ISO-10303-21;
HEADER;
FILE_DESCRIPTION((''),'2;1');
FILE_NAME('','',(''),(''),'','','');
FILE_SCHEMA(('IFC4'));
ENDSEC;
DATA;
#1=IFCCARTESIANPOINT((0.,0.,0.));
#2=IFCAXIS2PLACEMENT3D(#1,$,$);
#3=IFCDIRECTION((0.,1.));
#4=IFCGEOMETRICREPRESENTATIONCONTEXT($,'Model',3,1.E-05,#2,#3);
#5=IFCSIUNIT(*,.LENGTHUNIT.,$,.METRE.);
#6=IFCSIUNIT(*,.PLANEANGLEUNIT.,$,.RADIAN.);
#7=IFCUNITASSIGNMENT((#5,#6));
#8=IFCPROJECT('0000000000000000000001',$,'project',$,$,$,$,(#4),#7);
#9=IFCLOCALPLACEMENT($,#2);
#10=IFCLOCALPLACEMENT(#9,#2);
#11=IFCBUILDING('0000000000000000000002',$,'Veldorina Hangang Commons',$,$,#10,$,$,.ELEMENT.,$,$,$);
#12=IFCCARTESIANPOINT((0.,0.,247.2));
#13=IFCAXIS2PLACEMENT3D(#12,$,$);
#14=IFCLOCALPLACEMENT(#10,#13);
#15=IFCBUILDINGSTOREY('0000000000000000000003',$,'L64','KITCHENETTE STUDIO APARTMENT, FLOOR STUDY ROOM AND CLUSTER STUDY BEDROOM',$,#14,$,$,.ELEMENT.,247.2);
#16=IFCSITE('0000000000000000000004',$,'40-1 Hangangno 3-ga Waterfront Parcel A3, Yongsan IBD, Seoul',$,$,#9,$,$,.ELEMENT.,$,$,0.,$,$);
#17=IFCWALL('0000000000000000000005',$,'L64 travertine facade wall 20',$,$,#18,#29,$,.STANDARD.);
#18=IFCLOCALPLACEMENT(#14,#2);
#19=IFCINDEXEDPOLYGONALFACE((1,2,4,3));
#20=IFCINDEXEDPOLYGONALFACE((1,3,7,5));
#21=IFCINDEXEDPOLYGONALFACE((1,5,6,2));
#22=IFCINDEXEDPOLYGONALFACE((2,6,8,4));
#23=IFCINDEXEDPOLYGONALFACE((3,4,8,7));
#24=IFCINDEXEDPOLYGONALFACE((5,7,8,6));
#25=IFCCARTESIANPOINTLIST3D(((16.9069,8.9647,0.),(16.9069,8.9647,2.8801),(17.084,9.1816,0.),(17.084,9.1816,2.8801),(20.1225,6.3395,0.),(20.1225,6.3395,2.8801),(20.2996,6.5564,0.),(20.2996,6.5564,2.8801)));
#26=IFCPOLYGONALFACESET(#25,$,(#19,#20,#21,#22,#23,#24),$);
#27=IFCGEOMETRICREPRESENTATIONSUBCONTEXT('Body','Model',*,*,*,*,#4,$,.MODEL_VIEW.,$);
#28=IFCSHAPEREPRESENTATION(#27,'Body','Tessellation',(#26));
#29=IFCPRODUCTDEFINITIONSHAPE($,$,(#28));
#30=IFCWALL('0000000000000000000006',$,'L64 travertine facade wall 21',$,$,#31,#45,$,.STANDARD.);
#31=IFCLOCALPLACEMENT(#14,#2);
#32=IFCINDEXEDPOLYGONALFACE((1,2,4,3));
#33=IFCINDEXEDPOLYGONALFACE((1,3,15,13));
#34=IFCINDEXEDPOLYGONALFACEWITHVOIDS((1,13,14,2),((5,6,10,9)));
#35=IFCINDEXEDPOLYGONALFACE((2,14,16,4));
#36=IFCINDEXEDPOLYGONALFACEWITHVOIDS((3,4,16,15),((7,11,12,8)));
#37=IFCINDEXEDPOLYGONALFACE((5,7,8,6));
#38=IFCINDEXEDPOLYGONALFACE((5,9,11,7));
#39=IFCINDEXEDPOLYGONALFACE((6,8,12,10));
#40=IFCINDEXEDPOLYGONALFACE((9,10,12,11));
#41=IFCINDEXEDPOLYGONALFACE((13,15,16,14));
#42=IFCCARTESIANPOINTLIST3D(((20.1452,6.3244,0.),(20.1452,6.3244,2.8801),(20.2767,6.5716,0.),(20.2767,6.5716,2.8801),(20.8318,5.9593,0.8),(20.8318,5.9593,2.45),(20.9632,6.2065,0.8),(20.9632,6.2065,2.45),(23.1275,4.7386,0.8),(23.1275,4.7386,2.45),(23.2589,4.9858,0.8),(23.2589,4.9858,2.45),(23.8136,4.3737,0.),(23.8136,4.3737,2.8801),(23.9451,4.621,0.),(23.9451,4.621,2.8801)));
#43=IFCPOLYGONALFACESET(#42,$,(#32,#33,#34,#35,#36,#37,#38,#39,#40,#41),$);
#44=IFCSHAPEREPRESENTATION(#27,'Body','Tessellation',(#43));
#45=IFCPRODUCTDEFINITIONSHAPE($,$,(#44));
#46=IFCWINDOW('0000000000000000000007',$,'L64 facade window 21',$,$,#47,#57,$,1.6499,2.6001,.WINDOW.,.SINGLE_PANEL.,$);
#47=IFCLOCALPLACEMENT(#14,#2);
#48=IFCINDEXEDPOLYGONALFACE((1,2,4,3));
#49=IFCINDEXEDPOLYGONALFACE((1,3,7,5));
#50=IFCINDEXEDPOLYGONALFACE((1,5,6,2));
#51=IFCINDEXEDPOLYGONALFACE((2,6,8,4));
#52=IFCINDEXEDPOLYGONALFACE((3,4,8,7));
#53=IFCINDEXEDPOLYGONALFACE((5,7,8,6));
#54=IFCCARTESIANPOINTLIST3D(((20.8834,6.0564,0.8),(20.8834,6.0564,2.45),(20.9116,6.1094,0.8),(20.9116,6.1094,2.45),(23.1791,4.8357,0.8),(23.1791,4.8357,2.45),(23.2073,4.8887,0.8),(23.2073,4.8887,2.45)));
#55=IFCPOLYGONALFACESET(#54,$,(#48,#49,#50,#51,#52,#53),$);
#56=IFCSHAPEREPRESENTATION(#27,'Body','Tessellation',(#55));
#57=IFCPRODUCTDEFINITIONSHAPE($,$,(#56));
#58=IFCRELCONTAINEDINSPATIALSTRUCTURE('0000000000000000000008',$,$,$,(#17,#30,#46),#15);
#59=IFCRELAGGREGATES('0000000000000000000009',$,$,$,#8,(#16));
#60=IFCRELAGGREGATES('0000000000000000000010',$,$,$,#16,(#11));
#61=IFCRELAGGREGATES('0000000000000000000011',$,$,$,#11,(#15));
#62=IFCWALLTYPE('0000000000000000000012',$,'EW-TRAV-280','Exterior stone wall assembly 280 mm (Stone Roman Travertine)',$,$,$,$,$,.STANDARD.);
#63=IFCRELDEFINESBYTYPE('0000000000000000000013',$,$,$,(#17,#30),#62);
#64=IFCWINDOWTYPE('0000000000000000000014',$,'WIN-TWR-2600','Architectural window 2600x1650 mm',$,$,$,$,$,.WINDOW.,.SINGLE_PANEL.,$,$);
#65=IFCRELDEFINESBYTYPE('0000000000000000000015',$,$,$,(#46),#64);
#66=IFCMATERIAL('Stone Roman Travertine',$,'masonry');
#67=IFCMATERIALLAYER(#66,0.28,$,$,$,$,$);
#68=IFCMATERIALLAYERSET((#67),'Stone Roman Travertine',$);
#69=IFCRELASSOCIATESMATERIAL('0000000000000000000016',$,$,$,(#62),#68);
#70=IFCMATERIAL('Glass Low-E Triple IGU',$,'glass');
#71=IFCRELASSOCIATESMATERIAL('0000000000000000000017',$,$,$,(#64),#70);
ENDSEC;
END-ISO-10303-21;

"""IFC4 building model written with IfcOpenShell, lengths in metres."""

from ifc_helpers import new_model, si_unit, direction, frame, frame_2d, origin, place, context, subcontext, project, spatial, rectangle, extrude, material, layer, layer_set, type_object, element, fill, save


model = new_model("IFC4")

# Units and contexts
model_context = context("Model", 3, precision=1e-05, world=origin(), true_north=direction((0.0, 1.0)))
body_context = subcontext(model_context, "Body", "Model", "MODEL_VIEW")
ifc_project = project(units=[si_unit("LENGTHUNIT", "METRE"), si_unit("PLANEANGLEUNIT", "RADIAN")], contexts=[model_context])

# Site, building, storey
site_placement = place(None, origin())
site = spatial("IfcSite", under=ifc_project, at=site_placement, Name="40-1 Hangangno 3-ga Waterfront Parcel A3, Yongsan IBD, Seoul", CompositionType="ELEMENT", RefElevation=0.0)
building_placement = place(site_placement, origin())
building = spatial("IfcBuilding", under=site, at=building_placement, Name="Veldorina Hangang Commons", CompositionType="ELEMENT")
storey_placement = place(building_placement, frame((0.0, 0.0, 247.2)))
storey = spatial("IfcBuildingStorey", under=building, at=storey_placement, Name="L64", Description="KITCHENETTE STUDIO APARTMENT, FLOOR STUDY ROOM AND CLUSTER STUDY BEDROOM", CompositionType="ELEMENT", Elevation=247.2)

# Wall
ifc_material_1 = material(Name="Stone Roman Travertine", Category="masonry")
ifc_layer_1 = layer(ifc_material_1, 0.28)
ifc_layer_set_1 = layer_set([ifc_layer_1], Name="Stone Roman Travertine")
wall_type = type_object("IfcWallType", Name="EW-TRAV-280", Description="Exterior stone wall assembly 280 mm (Stone Roman Travertine)", PredefinedType="STANDARD", material=ifc_layer_set_1)
wall_1_placement = place(storey_placement, frame((16.9954, 9.0732, 0.0), z_axis=(0.0, 0.0, 1.0), x_axis=(0.774628, -0.632418, 0.0)))
element("IfcWall", 1, at=wall_1_placement, inside=storey, type_object=wall_type, Name="L64 travertine facade wall 20", PredefinedType="STANDARD", context=body_context, shape_type="SweptSolid", body=[
    extrude(rectangle(XDim=4.1511, YDim=0.28, at=frame_2d((2.0757, 0.0))), origin(), (0.0, 0.0, 1.0), 2.8801),
])

# Wall, opening, window
wall_2_placement = place(storey_placement, frame((20.2109, 6.448, 0.0), z_axis=(0.0, 0.0, 1.0), x_axis=(0.882935, -0.469496, 0.0)))
wall_2 = element("IfcWall", 2, at=wall_2_placement, inside=storey, type_object=wall_type, Name="L64 travertine facade wall 21", PredefinedType="STANDARD", context=body_context, shape_type="SweptSolid", body=[
    extrude(rectangle(XDim=4.1548, YDim=0.28, at=frame_2d((2.0774, 0.0))), origin(), (0.0, 0.0, 1.0), 2.8801),
])
opening_placement = place(wall_2_placement, frame((0.7776, 0.0, 0.8)))
opening = element("IfcOpeningElement", 3, at=opening_placement, cuts=wall_2, PredefinedType="OPENING", context=body_context, shape_type="SweptSolid", body=[
    extrude(rectangle(XDim=2.6001, YDim=1.6499, at=frame_2d((1.3, 0.825))), frame((0.0, 0.1499, 0.0), z_axis=(0.0, -1.0, 0.0), x_axis=(1.0, 0.0, 0.0)), (0.0, 0.0, 1.0), 0.3),
])
ifc_material_2 = material(Name="Glass Low-E Triple IGU", Category="glass")
window_type = type_object("IfcWindowType", Name="WIN-TWR-2600", Description="Architectural window 2600x1650 mm", PartitioningType="SINGLE_PANEL", PredefinedType="WINDOW", material=ifc_material_2)
window_placement = place(opening_placement, origin())
window = element("IfcWindow", 4, at=window_placement, inside=storey, type_object=window_type, Name="L64 facade window 21", OverallHeight=1.6499, OverallWidth=2.6001, PartitioningType="SINGLE_PANEL", PredefinedType="WINDOW", context=body_context, shape_type="SweptSolid", body=[
    extrude(rectangle(XDim=2.6001, YDim=1.6499, at=frame_2d((1.3, 0.825))), frame((0.0, 0.03, 0.0), z_axis=(0.0, -1.0, 0.0), x_axis=(1.0, 0.0, 0.0)), (0.0, 0.0, 1.0), 0.0601),
])
fill(opening, window)

save(model, "model.ifc")
